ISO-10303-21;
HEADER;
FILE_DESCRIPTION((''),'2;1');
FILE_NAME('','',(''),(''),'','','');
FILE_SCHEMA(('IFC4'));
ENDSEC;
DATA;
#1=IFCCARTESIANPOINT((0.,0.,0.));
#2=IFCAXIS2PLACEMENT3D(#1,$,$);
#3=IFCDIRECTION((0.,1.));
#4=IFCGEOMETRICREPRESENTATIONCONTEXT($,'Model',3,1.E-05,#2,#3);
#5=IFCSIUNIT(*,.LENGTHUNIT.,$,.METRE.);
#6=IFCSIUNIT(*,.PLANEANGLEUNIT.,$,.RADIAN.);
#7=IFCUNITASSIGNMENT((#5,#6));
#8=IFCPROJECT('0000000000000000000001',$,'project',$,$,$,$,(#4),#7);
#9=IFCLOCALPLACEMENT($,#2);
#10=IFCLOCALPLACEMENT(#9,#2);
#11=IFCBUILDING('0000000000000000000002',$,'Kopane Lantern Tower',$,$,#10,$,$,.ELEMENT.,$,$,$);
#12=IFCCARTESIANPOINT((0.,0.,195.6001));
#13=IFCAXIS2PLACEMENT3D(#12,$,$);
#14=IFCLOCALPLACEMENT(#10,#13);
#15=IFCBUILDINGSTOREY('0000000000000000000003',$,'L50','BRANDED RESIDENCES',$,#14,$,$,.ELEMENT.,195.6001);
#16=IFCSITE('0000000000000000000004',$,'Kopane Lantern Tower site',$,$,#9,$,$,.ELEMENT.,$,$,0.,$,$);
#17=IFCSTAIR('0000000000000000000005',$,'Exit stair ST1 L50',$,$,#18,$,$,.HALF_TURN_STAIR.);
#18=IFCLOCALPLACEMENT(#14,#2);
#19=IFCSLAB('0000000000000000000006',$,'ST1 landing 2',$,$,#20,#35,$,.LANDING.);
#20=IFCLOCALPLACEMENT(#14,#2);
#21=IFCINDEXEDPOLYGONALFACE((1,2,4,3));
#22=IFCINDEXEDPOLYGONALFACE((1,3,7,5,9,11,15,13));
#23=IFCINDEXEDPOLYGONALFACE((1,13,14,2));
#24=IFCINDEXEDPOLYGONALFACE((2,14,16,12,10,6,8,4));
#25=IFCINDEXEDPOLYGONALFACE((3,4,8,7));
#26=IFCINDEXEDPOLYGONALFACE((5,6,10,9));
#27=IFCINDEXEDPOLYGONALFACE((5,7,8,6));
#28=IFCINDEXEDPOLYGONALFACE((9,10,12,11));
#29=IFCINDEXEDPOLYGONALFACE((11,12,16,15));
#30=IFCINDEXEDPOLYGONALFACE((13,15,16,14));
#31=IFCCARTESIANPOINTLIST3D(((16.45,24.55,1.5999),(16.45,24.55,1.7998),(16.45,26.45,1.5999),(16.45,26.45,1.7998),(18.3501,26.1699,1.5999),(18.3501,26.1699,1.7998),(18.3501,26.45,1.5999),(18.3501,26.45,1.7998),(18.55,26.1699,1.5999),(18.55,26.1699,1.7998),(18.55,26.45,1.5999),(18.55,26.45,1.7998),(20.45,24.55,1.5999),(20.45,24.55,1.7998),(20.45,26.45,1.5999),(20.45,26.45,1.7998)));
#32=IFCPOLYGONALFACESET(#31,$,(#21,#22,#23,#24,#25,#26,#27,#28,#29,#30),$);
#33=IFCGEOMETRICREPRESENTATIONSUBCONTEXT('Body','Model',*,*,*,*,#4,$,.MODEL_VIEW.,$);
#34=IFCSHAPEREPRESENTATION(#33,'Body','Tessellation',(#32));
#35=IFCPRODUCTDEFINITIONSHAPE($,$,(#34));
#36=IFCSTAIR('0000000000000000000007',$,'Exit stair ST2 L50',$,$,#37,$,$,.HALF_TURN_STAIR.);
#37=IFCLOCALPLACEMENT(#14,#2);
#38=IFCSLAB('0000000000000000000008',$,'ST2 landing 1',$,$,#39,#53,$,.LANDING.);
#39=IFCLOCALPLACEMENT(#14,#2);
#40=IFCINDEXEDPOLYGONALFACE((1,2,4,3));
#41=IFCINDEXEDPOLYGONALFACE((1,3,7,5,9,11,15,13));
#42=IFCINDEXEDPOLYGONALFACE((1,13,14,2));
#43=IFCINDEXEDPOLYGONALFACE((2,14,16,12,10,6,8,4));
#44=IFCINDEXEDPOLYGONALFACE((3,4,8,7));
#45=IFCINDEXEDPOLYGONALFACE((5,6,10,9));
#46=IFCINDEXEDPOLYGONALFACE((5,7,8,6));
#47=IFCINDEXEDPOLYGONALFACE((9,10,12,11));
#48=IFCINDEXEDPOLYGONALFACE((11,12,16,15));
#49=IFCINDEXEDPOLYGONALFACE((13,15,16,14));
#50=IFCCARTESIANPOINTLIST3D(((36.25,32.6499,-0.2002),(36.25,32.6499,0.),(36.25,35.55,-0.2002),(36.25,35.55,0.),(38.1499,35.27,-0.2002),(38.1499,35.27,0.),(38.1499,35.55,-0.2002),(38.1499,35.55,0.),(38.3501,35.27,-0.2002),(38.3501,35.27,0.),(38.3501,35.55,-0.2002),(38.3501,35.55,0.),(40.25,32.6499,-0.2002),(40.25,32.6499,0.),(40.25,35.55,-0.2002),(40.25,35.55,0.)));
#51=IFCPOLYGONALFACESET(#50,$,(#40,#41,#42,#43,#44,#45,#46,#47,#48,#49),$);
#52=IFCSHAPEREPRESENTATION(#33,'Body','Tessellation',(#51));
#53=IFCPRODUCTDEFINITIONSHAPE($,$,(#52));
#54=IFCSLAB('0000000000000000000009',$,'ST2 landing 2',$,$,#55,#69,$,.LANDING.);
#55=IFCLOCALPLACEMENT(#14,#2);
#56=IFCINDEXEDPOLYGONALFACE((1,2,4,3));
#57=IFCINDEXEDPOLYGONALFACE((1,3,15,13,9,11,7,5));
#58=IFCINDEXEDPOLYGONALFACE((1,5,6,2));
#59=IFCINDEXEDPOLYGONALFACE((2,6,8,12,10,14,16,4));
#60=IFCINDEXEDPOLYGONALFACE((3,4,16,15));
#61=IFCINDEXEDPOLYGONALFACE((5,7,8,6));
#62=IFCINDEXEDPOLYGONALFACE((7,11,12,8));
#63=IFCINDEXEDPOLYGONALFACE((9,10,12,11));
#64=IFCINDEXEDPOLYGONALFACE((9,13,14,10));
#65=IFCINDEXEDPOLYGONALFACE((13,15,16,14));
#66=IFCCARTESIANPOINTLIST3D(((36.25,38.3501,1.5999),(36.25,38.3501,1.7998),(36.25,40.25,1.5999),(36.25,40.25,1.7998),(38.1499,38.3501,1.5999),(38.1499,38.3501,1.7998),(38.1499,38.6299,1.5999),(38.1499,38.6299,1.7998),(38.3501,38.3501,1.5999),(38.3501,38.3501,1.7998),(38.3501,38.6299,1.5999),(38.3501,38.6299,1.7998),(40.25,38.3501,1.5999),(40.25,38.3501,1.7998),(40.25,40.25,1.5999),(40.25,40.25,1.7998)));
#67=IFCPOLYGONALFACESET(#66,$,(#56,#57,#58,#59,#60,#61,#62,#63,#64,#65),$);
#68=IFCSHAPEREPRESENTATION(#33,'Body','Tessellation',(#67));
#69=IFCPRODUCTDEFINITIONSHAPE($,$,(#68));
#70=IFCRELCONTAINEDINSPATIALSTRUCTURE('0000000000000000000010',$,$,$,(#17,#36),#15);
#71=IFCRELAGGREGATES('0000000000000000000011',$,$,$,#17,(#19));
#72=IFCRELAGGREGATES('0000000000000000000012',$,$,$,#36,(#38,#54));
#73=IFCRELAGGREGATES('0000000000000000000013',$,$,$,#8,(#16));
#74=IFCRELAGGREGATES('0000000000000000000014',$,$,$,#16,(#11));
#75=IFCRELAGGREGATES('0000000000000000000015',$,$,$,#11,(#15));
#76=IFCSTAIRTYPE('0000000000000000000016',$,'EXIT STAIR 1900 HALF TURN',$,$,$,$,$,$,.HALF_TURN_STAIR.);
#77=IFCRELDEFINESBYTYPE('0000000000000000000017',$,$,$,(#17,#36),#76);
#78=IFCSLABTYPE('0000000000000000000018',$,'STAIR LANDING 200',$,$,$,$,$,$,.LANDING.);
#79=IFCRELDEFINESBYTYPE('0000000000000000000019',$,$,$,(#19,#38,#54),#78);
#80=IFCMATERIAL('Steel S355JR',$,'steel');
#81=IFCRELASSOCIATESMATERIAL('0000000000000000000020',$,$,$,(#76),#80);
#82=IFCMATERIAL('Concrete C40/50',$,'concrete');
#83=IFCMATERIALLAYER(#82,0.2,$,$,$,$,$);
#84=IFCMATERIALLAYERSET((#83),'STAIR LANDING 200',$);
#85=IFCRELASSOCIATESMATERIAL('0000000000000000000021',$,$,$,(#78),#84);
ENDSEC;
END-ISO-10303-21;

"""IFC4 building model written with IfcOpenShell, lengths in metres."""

from ifc_helpers import new_model, si_unit, direction, frame, origin, place, context, subcontext, project, spatial, polyline, outline, extrude, material, layer, layer_set, type_object, element, aggregate, save


model = new_model("IFC4")

# Units and contexts
model_context = context("Model", 3, precision=1e-05, world=origin(), true_north=direction((0.0, 1.0)))
body_context = subcontext(model_context, "Body", "Model", "MODEL_VIEW")
ifc_project = project(units=[si_unit("LENGTHUNIT", "METRE"), si_unit("PLANEANGLEUNIT", "RADIAN")], contexts=[model_context])

# Site, building, storey
site_placement = place(None, origin())
site = spatial("IfcSite", under=ifc_project, at=site_placement, Name="Kopane Lantern Tower site", CompositionType="ELEMENT", RefElevation=0.0)
building_placement = place(site_placement, origin())
building = spatial("IfcBuilding", under=site, at=building_placement, Name="Kopane Lantern Tower", CompositionType="ELEMENT")
storey_placement = place(building_placement, frame((0.0, 0.0, 195.6001)))
storey = spatial("IfcBuildingStorey", under=building, at=storey_placement, Name="L50", Description="BRANDED RESIDENCES", CompositionType="ELEMENT", Elevation=195.6001)

# Stairs, slabs
ifc_material_1 = material(Name="Steel S355JR", Category="steel")
stair_type = type_object("IfcStairType", Name="EXIT STAIR 1900 HALF TURN", PredefinedType="HALF_TURN_STAIR", material=ifc_material_1)
stair_1_placement = place(storey_placement, origin())
stair_1 = element("IfcStair", 1, at=stair_1_placement, inside=storey, type_object=stair_type, Name="Exit stair ST1 L50", PredefinedType="HALF_TURN_STAIR")
ifc_material_2 = material(Name="Concrete C40/50", Category="concrete")
ifc_layer_1 = layer(ifc_material_2, 0.2)
ifc_layer_set_1 = layer_set([ifc_layer_1], Name="STAIR LANDING 200")
slab_type_1 = type_object("IfcSlabType", Name="STAIR LANDING 200", PredefinedType="LANDING", material=ifc_layer_set_1)
slab_1_placement = place(storey_placement, frame((0.0, 0.0, 1.5999)))
slab_1 = element("IfcSlab", 2, at=slab_1_placement, type_object=slab_type_1, Name="ST1 landing 2", PredefinedType="LANDING", context=body_context, shape_type="SweptSolid", body=[
    extrude(outline(polyline([(20.45, 26.45), (18.55, 26.45), (18.55, 26.1699), (18.3501, 26.1699), (18.3501, 26.45), (16.45, 26.45), (16.45, 24.55), (20.45, 24.55), (20.45, 26.45)])), origin(), (0.0, 0.0, 1.0), 0.2),
])
aggregate(stair_1, [slab_1])
stair_2_placement = place(storey_placement, origin())
stair_2 = element("IfcStair", 3, at=stair_2_placement, inside=storey, type_object=stair_type, Name="Exit stair ST2 L50", PredefinedType="HALF_TURN_STAIR")
slab_2_placement = place(storey_placement, frame((0.0, 0.0, -0.2002)))
slab_2 = element("IfcSlab", 4, at=slab_2_placement, type_object=slab_type_1, Name="ST2 landing 1", PredefinedType="LANDING", context=body_context, shape_type="SweptSolid", body=[
    extrude(outline(polyline([(40.25, 35.55), (38.3501, 35.55), (38.3501, 35.27), (38.1499, 35.27), (38.1499, 35.55), (36.25, 35.55), (36.25, 32.6499), (40.25, 32.6499), (40.25, 35.55)])), origin(), (0.0, 0.0, 1.0), 0.2002),
])
slab_3_placement = place(storey_placement, frame((0.0, 0.0, 1.5999)))
slab_3 = element("IfcSlab", 5, at=slab_3_placement, type_object=slab_type_1, Name="ST2 landing 2", PredefinedType="LANDING", context=body_context, shape_type="SweptSolid", body=[
    extrude(outline(polyline([(38.1499, 38.6299), (38.3501, 38.6299), (38.3501, 38.3501), (40.25, 38.3501), (40.25, 40.25), (36.25, 40.25), (36.25, 38.3501), (38.1499, 38.3501), (38.1499, 38.6299)])), origin(), (0.0, 0.0, 1.0), 0.2),
])
aggregate(stair_2, [slab_2, slab_3])

save(model, "model.ifc")
